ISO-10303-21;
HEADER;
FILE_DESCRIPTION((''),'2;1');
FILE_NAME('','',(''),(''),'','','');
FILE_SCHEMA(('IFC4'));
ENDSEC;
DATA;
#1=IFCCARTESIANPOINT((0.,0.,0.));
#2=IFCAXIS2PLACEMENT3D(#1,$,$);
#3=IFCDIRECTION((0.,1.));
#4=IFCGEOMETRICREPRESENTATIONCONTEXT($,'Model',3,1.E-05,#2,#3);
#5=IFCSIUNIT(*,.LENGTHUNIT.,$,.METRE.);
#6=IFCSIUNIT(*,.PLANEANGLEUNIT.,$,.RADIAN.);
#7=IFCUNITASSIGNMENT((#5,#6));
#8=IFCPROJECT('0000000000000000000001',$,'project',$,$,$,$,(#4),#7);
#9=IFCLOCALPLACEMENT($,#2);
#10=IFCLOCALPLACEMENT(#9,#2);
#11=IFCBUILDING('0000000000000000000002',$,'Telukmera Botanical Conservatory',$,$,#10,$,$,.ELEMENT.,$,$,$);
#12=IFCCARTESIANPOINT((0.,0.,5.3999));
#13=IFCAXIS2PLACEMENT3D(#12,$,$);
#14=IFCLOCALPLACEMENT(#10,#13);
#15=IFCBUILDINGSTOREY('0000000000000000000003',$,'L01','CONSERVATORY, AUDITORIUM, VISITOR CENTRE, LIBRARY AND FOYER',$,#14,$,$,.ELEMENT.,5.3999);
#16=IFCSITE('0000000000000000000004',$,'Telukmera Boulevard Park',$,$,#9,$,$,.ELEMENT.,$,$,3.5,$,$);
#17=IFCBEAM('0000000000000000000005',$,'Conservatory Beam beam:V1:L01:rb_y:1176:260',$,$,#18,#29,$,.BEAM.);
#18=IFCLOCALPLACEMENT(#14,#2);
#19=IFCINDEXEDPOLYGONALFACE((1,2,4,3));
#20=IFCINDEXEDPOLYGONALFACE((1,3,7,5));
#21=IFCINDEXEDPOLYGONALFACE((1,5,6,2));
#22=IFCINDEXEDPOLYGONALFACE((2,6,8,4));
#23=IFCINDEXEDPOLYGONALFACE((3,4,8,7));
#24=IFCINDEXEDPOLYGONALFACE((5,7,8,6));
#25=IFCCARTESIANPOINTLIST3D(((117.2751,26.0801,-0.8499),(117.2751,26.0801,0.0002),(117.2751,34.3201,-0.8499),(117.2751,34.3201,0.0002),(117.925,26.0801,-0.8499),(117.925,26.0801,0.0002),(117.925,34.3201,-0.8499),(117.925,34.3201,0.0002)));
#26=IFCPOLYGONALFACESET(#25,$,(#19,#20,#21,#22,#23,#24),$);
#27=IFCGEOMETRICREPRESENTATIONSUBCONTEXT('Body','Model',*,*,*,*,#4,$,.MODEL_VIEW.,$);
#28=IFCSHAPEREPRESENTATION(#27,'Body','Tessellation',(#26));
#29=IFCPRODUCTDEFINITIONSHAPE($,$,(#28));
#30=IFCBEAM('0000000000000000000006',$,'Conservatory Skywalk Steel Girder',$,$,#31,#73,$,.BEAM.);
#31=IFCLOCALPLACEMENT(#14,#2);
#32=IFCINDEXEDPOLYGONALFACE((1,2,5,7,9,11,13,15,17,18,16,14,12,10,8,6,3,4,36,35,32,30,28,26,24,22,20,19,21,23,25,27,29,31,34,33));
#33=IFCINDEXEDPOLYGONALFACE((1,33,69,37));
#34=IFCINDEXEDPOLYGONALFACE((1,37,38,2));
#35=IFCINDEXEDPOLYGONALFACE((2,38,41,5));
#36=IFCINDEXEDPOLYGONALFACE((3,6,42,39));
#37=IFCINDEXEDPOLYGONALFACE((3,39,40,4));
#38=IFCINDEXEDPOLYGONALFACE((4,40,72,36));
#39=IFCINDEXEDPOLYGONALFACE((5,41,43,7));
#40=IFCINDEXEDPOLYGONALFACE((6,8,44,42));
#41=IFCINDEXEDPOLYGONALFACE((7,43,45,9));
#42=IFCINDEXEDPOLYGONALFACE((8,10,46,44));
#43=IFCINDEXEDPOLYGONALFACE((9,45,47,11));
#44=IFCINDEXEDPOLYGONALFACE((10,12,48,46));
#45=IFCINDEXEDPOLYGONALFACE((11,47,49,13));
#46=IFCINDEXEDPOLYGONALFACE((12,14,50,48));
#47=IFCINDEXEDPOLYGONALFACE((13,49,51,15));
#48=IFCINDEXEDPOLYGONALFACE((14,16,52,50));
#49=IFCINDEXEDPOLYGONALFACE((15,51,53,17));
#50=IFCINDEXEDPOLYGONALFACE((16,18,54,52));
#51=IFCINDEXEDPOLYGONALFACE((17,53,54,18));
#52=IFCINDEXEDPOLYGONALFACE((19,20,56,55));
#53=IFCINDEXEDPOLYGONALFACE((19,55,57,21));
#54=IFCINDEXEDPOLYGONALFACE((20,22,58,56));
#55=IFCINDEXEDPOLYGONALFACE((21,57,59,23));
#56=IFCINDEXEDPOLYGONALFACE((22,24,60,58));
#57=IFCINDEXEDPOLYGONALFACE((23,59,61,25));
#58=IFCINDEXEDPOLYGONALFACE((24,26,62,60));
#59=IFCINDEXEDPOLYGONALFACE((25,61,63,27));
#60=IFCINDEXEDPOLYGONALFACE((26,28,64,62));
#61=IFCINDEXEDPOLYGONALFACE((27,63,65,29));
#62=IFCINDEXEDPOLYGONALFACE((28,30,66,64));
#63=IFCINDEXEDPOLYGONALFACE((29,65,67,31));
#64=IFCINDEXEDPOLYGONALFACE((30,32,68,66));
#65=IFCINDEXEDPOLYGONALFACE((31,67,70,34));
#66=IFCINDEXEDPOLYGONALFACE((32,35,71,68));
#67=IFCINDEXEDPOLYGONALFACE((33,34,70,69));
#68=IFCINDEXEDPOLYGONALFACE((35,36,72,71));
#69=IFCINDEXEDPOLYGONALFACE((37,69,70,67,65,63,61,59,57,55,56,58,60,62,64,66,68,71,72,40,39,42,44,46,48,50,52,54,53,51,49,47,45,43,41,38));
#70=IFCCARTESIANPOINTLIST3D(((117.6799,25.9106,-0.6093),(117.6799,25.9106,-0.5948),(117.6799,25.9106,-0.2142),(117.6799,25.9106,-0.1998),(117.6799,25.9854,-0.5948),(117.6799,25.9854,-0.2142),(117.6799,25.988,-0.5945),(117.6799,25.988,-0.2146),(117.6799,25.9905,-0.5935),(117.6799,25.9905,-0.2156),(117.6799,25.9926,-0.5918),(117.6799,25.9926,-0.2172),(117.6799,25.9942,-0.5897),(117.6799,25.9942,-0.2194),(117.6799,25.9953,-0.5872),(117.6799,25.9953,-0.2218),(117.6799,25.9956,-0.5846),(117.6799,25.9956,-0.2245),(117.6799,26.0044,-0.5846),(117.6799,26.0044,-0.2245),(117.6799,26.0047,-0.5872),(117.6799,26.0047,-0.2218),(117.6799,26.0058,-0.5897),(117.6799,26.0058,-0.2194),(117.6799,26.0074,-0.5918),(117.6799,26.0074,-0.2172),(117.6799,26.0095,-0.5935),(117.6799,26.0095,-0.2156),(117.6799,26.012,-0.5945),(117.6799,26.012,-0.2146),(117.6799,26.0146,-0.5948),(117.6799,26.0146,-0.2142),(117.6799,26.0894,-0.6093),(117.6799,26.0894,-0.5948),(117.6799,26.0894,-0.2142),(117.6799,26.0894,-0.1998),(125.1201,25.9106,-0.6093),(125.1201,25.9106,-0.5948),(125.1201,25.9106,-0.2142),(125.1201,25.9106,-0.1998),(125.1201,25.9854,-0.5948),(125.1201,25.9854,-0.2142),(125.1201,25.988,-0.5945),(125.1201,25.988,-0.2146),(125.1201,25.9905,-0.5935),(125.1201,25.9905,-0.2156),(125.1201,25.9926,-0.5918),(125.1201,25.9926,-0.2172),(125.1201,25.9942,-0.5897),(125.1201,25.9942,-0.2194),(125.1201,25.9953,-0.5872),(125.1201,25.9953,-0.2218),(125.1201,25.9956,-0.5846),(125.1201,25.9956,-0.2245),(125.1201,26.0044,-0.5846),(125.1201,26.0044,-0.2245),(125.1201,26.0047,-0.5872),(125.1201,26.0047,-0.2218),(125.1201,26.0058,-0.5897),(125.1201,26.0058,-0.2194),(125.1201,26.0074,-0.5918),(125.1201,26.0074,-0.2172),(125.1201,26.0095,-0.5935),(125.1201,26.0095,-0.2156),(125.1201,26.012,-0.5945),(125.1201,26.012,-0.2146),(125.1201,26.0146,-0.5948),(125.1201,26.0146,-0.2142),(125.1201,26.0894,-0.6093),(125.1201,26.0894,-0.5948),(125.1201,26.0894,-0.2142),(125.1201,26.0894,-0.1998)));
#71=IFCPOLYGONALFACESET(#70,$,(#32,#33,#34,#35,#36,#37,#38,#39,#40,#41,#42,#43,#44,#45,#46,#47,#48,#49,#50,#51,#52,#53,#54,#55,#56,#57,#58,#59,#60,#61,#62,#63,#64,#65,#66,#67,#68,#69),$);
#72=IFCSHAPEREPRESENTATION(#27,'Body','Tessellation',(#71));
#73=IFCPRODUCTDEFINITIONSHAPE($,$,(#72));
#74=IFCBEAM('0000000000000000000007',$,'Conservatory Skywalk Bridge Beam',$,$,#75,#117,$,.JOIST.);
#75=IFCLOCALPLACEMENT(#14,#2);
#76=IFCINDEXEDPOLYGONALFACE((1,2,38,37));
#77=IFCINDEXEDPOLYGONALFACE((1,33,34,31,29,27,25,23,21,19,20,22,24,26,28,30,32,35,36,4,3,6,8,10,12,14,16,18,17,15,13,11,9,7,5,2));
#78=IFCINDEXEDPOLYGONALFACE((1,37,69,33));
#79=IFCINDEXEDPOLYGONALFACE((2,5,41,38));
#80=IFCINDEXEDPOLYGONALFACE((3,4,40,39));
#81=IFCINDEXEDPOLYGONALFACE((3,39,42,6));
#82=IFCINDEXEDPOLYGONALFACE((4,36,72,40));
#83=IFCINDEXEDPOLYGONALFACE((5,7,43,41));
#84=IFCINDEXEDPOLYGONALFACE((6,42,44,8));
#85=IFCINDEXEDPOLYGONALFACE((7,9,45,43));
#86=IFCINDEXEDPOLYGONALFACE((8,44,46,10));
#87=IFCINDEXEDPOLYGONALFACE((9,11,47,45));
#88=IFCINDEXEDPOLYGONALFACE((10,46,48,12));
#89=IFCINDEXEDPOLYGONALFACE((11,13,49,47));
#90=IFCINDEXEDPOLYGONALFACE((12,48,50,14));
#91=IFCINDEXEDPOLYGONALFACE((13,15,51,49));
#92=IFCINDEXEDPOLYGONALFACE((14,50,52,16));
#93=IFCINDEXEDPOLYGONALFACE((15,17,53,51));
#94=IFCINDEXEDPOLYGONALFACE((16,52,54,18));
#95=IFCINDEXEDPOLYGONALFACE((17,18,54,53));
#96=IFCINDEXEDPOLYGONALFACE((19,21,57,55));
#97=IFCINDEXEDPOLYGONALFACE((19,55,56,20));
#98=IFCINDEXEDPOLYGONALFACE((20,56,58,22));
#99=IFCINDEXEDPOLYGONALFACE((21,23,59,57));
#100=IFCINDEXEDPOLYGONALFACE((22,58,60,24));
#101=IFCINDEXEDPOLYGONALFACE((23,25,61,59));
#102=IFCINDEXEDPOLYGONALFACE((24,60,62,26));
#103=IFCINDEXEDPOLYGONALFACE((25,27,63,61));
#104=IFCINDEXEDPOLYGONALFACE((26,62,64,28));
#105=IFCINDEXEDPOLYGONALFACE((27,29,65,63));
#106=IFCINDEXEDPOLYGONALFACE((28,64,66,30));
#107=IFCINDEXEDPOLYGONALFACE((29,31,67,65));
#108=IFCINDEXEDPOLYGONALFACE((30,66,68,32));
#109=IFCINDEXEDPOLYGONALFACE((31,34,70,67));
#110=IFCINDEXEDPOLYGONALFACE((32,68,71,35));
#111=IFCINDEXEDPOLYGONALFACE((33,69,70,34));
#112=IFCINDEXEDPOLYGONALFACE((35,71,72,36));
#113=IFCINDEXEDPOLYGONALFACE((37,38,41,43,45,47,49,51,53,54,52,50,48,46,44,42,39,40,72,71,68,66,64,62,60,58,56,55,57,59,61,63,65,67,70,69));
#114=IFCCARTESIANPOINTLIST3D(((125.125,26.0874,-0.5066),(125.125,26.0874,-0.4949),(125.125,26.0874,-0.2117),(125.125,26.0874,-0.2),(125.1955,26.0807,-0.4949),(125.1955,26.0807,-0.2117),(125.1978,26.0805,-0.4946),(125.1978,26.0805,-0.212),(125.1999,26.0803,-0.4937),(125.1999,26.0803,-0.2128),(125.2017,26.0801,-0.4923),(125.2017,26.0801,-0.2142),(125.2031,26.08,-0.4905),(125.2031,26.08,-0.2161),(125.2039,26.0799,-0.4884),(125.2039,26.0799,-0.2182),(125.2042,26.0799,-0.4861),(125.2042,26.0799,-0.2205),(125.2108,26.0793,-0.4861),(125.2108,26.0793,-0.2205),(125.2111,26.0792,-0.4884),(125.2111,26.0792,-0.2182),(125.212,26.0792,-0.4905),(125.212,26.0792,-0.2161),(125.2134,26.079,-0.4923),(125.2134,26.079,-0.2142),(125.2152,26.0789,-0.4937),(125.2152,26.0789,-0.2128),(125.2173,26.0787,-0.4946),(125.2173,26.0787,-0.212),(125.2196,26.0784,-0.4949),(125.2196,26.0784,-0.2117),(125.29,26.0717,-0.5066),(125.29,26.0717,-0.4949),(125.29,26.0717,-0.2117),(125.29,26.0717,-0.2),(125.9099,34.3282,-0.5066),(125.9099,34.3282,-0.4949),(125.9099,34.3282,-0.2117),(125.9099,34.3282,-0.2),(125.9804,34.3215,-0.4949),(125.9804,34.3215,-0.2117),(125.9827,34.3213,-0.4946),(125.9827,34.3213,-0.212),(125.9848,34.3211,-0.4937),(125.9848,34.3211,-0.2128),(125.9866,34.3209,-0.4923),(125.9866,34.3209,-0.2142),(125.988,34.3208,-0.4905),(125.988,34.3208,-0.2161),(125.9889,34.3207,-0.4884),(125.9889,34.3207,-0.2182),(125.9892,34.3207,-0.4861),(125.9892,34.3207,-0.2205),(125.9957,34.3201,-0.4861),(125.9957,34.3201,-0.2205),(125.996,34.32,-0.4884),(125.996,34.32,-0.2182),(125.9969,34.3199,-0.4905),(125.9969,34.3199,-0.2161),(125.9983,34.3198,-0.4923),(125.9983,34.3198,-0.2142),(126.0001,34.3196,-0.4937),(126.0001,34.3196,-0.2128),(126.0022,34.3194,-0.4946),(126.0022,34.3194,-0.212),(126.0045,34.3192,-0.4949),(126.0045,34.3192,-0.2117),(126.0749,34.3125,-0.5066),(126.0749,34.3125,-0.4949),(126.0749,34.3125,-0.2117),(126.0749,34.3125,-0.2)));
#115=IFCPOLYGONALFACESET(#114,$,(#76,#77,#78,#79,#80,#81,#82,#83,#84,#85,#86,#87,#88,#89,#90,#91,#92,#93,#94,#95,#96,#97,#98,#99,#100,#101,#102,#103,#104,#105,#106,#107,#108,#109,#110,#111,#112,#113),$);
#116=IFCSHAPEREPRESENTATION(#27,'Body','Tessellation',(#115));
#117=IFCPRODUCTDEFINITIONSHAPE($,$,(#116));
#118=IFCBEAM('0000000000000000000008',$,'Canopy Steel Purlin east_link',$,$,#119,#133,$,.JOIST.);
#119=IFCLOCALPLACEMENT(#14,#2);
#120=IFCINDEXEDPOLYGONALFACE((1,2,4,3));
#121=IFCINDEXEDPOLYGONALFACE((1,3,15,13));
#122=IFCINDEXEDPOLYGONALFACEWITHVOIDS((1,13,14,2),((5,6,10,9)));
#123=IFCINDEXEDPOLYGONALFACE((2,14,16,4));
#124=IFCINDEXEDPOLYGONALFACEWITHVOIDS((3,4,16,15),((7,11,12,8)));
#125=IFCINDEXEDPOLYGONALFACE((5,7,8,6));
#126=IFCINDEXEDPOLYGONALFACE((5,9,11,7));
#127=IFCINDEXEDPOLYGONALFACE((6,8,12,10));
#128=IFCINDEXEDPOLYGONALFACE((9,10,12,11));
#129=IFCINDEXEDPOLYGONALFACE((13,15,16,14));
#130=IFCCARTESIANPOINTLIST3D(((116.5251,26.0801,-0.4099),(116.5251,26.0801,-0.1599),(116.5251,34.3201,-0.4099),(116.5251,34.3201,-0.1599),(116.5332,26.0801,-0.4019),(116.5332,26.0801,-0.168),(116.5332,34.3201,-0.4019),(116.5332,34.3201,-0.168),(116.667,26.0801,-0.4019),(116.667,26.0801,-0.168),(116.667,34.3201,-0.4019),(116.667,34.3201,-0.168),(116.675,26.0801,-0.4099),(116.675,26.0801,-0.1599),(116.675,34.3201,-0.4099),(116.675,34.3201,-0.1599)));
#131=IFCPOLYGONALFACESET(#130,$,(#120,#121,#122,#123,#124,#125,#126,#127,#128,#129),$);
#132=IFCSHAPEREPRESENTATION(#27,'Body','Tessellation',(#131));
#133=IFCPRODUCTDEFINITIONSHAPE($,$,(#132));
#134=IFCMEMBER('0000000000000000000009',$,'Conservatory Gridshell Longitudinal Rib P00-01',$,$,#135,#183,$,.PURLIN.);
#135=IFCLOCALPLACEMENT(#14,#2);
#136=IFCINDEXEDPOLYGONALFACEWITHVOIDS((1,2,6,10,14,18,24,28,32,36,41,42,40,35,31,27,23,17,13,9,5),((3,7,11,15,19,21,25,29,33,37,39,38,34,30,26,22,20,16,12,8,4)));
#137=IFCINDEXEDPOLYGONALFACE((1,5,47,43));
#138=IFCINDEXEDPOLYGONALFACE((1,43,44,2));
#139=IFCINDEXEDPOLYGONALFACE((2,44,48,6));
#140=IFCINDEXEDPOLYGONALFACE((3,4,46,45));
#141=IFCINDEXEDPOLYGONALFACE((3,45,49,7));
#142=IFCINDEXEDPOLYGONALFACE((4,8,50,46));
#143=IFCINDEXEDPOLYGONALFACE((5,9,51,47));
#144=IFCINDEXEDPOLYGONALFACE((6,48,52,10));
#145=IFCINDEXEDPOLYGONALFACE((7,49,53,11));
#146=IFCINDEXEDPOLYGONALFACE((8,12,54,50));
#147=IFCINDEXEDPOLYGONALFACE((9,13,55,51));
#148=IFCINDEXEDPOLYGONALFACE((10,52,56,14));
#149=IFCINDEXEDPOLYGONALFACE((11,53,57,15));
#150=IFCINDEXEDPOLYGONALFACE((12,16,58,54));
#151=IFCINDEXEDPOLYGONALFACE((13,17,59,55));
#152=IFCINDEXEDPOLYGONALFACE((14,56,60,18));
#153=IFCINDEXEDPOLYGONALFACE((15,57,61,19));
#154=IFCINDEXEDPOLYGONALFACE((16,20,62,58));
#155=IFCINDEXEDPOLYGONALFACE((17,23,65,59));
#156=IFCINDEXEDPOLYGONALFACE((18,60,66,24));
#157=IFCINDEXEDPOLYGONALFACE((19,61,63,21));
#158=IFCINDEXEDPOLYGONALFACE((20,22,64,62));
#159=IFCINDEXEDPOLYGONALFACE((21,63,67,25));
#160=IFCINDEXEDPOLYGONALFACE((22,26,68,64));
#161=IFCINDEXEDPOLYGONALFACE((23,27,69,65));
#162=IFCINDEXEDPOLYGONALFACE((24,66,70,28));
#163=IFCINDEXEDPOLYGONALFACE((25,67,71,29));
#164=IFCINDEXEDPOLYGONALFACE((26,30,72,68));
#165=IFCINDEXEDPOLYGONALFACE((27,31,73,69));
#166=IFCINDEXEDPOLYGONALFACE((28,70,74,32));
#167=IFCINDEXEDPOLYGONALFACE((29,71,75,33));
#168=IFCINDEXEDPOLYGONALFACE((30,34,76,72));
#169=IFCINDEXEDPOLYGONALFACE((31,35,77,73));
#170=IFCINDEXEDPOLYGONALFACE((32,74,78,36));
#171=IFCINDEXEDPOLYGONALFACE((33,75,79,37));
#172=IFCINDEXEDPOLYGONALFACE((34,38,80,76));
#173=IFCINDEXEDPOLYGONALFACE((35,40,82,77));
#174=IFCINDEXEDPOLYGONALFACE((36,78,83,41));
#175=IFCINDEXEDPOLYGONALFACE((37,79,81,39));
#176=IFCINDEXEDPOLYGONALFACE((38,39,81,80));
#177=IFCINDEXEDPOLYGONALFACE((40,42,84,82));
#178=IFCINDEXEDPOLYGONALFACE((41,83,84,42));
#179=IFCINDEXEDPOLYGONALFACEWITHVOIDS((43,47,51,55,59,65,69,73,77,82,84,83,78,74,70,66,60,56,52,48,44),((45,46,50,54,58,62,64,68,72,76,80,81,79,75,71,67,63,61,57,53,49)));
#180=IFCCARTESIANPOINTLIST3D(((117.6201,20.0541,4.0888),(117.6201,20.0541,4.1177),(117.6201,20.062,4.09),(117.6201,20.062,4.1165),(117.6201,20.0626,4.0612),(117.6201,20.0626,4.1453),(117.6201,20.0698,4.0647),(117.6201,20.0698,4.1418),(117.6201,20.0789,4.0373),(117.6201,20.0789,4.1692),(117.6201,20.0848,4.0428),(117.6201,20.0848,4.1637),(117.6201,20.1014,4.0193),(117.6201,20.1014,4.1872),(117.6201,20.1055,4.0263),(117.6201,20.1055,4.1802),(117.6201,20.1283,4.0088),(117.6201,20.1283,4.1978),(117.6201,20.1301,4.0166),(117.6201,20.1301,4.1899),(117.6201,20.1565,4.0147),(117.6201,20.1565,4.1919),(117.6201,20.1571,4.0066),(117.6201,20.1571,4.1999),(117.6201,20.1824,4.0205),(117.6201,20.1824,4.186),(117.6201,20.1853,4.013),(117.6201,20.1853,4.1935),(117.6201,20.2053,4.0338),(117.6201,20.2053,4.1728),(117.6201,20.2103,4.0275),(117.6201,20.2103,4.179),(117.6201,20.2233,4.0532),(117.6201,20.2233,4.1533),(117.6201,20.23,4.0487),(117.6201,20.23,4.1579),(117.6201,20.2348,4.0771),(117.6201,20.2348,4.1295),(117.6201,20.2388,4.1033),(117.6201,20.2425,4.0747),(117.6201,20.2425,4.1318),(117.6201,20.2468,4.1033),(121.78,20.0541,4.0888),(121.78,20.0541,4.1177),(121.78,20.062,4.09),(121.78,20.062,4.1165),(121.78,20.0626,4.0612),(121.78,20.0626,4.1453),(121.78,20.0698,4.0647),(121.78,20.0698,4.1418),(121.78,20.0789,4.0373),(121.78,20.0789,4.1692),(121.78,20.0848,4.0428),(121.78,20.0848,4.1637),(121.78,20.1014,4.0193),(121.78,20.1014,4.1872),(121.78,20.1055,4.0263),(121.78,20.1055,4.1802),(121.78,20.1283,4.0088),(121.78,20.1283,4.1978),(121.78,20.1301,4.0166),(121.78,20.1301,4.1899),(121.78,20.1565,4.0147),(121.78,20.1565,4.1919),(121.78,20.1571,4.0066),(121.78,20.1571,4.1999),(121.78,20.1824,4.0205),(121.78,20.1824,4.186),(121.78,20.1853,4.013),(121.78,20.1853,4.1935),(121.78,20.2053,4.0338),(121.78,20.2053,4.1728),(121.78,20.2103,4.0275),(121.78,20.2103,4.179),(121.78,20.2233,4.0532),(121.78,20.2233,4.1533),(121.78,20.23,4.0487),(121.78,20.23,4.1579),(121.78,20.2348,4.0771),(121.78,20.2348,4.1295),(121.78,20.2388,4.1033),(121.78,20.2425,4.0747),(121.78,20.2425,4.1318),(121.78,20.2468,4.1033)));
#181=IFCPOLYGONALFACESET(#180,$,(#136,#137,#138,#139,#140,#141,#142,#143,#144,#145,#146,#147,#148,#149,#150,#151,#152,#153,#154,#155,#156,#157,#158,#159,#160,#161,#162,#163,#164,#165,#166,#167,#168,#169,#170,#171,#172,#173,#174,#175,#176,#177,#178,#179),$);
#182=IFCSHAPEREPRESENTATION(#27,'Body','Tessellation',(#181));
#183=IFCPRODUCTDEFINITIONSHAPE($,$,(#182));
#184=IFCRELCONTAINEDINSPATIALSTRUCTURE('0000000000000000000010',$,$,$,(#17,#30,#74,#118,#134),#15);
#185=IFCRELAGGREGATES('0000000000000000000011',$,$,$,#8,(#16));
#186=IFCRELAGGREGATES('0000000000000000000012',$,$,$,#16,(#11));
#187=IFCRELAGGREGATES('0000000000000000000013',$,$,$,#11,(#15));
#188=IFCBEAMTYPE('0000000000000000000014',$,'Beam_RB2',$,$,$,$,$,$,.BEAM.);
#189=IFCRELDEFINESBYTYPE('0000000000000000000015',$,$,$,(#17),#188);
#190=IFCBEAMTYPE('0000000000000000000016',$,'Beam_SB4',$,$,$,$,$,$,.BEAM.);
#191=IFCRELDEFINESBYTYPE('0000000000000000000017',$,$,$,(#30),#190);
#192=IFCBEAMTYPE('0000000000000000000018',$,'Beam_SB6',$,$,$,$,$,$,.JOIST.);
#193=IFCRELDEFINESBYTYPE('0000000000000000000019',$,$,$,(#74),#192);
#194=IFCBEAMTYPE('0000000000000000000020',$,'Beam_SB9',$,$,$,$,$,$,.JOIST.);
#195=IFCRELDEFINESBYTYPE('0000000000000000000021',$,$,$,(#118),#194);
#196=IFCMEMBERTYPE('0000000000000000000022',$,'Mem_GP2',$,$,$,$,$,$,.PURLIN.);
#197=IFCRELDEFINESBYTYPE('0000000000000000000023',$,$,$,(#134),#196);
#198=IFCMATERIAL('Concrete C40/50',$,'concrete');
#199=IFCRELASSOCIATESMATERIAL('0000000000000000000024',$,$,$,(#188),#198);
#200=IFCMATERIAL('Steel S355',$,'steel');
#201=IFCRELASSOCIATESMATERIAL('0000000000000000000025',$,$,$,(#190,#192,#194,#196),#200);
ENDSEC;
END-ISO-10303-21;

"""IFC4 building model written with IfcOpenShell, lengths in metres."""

from ifc_helpers import new_model, si_unit, direction, frame, origin, origin_2d, place, context, subcontext, project, spatial, rectangle, hollow_rectangle, hollow_circle, i_section, extrude, material, material_profile, profile_set, type_object, element, save


model = new_model("IFC4")

# Units and contexts
model_context = context("Model", 3, precision=1e-05, world=origin(), true_north=direction((0.0, 1.0)))
body_context = subcontext(model_context, "Body", "Model", "MODEL_VIEW")
ifc_project = project(units=[si_unit("LENGTHUNIT", "METRE"), si_unit("PLANEANGLEUNIT", "RADIAN")], contexts=[model_context])

# Site, building, storey
site_placement = place(None, origin())
site = spatial("IfcSite", under=ifc_project, at=site_placement, Name="Telukmera Boulevard Park", CompositionType="ELEMENT", RefElevation=3.5)
building_placement = place(site_placement, origin())
building = spatial("IfcBuilding", under=site, at=building_placement, Name="Telukmera Botanical Conservatory", CompositionType="ELEMENT")
storey_placement = place(building_placement, frame((0.0, 0.0, 5.3999)))
storey = spatial("IfcBuildingStorey", under=building, at=storey_placement, Name="L01", Description="CONSERVATORY, AUDITORIUM, VISITOR CENTRE, LIBRARY AND FOYER", CompositionType="ELEMENT", Elevation=5.3999)

# Beams
ifc_material_1 = material(Name="Concrete C40/50", Category="concrete")
ifc_material_profile_1 = material_profile(ifc_material_1, rectangle(XDim=0.6499, YDim=0.8501, at=origin_2d()), Name="RC 650x850")
ifc_profile_set_1 = profile_set([ifc_material_profile_1], Name="Concrete C40/50")
beam_type_1 = type_object("IfcBeamType", Name="Beam_RB2", PredefinedType="BEAM", material=ifc_profile_set_1)
beam_1_placement = place(storey_placement, frame((117.6001, 26.0801, -0.4248), z_axis=(0.0, 1.0, 0.0), x_axis=(-1.0, 0.0, 0.0)))
element("IfcBeam", 1, at=beam_1_placement, inside=storey, type_object=beam_type_1, Name="Conservatory Beam beam:V1:L01:rb_y:1176:260", PredefinedType="BEAM", context=body_context, shape_type="SweptSolid", body=[
    extrude(rectangle(XDim=0.6499, YDim=0.8501, at=origin_2d()), origin(), (0.0, 0.0, 1.0), 8.24),
])
ifc_material_2 = material(Name="Steel S355", Category="steel")
ifc_material_profile_2 = material_profile(ifc_material_2, i_section(OverallWidth=0.1787, OverallDepth=0.4094, WebThickness=0.0088, FlangeThickness=0.0144, FilletRadius=0.0103, at=origin_2d()), Name="UB 406x178x67")
ifc_profile_set_2 = profile_set([ifc_material_profile_2], Name="Steel S355")
beam_type_2 = type_object("IfcBeamType", Name="Beam_SB4", PredefinedType="BEAM", material=ifc_profile_set_2)
beam_2_placement = place(storey_placement, frame((117.6799, 26.0, -0.4045), z_axis=(1.0, 0.0, 0.0), x_axis=(0.0, 1.0, 0.0)))
element("IfcBeam", 2, at=beam_2_placement, inside=storey, type_object=beam_type_2, Name="Conservatory Skywalk Steel Girder", PredefinedType="BEAM", context=body_context, shape_type="SweptSolid", body=[
    extrude(i_section(OverallWidth=0.1787, OverallDepth=0.4094, WebThickness=0.0088, FlangeThickness=0.0144, FilletRadius=0.0103, at=origin_2d()), origin(), (0.0, 0.0, 1.0), 7.4402),
])
ifc_material_profile_3 = material_profile(ifc_material_2, i_section(OverallWidth=0.1658, OverallDepth=0.3066, WebThickness=0.0066, FlangeThickness=0.0117, FilletRadius=0.0088, at=origin_2d()), Name="UB 305x165x46")
ifc_profile_set_3 = profile_set([ifc_material_profile_3], Name="Steel S355")
beam_type_3 = type_object("IfcBeamType", Name="Beam_SB6", PredefinedType="JOIST", material=ifc_profile_set_3)
beam_3_placement = place(storey_placement, frame((125.2075, 26.0796, -0.3533), z_axis=(0.094819, 0.995495, 0.0), x_axis=(-0.995495, 0.094819, 0.0)))
element("IfcBeam", 3, at=beam_3_placement, inside=storey, type_object=beam_type_3, Name="Conservatory Skywalk Bridge Beam", PredefinedType="JOIST", context=body_context, shape_type="SweptSolid", body=[
    extrude(i_section(OverallWidth=0.1658, OverallDepth=0.3066, WebThickness=0.0066, FlangeThickness=0.0117, FilletRadius=0.0088, at=origin_2d()), origin(), (0.0, 0.0, 1.0), 8.2781),
])
ifc_material_profile_4 = material_profile(ifc_material_2, hollow_rectangle(XDim=0.1499, YDim=0.25, WallThickness=0.0081, at=origin_2d()), Name="RHS 250x150x8.0")
ifc_profile_set_4 = profile_set([ifc_material_profile_4], Name="Steel S355")
beam_type_4 = type_object("IfcBeamType", Name="Beam_SB9", PredefinedType="JOIST", material=ifc_profile_set_4)
beam_4_placement = place(storey_placement, frame((116.6001, 26.0801, -0.2849), z_axis=(0.0, 1.0, 0.0), x_axis=(-1.0, 0.0, 0.0)))
element("IfcBeam", 4, at=beam_4_placement, inside=storey, type_object=beam_type_4, Name="Canopy Steel Purlin east_link", PredefinedType="JOIST", context=body_context, shape_type="SweptSolid", body=[
    extrude(hollow_rectangle(XDim=0.1499, YDim=0.25, WallThickness=0.0081, at=origin_2d()), origin(), (0.0, 0.0, 1.0), 8.24),
])

# Member
ifc_material_profile_5 = material_profile(ifc_material_2, hollow_circle(Radius=0.0969, WallThickness=0.0081, at=origin_2d()), Name="CHS 193.7x8.0")
ifc_profile_set_5 = profile_set([ifc_material_profile_5], Name="Steel S355")
member_type = type_object("IfcMemberType", Name="Mem_GP2", PredefinedType="PURLIN", material=ifc_profile_set_5)
for number, where, z_axis, x_axis, name in (
    (5, (117.6201, 20.1499, 4.1033), (1.0, 0.0, 0.0), (0.0, 1.0, 0.0), "Conservatory Gridshell Longitudinal Rib P00-01"),
):
    element("IfcMember", number, at=place(storey_placement, frame(where, z_axis=z_axis, x_axis=x_axis)), inside=storey, type_object=member_type, Name=name, PredefinedType="PURLIN", context=body_context, shape_type="SweptSolid", body=[
        extrude(hollow_circle(Radius=0.0969, WallThickness=0.0081, at=origin_2d()), origin(), (0.0, 0.0, 1.0), 4.1599),
    ])

save(model, "model.ifc")
